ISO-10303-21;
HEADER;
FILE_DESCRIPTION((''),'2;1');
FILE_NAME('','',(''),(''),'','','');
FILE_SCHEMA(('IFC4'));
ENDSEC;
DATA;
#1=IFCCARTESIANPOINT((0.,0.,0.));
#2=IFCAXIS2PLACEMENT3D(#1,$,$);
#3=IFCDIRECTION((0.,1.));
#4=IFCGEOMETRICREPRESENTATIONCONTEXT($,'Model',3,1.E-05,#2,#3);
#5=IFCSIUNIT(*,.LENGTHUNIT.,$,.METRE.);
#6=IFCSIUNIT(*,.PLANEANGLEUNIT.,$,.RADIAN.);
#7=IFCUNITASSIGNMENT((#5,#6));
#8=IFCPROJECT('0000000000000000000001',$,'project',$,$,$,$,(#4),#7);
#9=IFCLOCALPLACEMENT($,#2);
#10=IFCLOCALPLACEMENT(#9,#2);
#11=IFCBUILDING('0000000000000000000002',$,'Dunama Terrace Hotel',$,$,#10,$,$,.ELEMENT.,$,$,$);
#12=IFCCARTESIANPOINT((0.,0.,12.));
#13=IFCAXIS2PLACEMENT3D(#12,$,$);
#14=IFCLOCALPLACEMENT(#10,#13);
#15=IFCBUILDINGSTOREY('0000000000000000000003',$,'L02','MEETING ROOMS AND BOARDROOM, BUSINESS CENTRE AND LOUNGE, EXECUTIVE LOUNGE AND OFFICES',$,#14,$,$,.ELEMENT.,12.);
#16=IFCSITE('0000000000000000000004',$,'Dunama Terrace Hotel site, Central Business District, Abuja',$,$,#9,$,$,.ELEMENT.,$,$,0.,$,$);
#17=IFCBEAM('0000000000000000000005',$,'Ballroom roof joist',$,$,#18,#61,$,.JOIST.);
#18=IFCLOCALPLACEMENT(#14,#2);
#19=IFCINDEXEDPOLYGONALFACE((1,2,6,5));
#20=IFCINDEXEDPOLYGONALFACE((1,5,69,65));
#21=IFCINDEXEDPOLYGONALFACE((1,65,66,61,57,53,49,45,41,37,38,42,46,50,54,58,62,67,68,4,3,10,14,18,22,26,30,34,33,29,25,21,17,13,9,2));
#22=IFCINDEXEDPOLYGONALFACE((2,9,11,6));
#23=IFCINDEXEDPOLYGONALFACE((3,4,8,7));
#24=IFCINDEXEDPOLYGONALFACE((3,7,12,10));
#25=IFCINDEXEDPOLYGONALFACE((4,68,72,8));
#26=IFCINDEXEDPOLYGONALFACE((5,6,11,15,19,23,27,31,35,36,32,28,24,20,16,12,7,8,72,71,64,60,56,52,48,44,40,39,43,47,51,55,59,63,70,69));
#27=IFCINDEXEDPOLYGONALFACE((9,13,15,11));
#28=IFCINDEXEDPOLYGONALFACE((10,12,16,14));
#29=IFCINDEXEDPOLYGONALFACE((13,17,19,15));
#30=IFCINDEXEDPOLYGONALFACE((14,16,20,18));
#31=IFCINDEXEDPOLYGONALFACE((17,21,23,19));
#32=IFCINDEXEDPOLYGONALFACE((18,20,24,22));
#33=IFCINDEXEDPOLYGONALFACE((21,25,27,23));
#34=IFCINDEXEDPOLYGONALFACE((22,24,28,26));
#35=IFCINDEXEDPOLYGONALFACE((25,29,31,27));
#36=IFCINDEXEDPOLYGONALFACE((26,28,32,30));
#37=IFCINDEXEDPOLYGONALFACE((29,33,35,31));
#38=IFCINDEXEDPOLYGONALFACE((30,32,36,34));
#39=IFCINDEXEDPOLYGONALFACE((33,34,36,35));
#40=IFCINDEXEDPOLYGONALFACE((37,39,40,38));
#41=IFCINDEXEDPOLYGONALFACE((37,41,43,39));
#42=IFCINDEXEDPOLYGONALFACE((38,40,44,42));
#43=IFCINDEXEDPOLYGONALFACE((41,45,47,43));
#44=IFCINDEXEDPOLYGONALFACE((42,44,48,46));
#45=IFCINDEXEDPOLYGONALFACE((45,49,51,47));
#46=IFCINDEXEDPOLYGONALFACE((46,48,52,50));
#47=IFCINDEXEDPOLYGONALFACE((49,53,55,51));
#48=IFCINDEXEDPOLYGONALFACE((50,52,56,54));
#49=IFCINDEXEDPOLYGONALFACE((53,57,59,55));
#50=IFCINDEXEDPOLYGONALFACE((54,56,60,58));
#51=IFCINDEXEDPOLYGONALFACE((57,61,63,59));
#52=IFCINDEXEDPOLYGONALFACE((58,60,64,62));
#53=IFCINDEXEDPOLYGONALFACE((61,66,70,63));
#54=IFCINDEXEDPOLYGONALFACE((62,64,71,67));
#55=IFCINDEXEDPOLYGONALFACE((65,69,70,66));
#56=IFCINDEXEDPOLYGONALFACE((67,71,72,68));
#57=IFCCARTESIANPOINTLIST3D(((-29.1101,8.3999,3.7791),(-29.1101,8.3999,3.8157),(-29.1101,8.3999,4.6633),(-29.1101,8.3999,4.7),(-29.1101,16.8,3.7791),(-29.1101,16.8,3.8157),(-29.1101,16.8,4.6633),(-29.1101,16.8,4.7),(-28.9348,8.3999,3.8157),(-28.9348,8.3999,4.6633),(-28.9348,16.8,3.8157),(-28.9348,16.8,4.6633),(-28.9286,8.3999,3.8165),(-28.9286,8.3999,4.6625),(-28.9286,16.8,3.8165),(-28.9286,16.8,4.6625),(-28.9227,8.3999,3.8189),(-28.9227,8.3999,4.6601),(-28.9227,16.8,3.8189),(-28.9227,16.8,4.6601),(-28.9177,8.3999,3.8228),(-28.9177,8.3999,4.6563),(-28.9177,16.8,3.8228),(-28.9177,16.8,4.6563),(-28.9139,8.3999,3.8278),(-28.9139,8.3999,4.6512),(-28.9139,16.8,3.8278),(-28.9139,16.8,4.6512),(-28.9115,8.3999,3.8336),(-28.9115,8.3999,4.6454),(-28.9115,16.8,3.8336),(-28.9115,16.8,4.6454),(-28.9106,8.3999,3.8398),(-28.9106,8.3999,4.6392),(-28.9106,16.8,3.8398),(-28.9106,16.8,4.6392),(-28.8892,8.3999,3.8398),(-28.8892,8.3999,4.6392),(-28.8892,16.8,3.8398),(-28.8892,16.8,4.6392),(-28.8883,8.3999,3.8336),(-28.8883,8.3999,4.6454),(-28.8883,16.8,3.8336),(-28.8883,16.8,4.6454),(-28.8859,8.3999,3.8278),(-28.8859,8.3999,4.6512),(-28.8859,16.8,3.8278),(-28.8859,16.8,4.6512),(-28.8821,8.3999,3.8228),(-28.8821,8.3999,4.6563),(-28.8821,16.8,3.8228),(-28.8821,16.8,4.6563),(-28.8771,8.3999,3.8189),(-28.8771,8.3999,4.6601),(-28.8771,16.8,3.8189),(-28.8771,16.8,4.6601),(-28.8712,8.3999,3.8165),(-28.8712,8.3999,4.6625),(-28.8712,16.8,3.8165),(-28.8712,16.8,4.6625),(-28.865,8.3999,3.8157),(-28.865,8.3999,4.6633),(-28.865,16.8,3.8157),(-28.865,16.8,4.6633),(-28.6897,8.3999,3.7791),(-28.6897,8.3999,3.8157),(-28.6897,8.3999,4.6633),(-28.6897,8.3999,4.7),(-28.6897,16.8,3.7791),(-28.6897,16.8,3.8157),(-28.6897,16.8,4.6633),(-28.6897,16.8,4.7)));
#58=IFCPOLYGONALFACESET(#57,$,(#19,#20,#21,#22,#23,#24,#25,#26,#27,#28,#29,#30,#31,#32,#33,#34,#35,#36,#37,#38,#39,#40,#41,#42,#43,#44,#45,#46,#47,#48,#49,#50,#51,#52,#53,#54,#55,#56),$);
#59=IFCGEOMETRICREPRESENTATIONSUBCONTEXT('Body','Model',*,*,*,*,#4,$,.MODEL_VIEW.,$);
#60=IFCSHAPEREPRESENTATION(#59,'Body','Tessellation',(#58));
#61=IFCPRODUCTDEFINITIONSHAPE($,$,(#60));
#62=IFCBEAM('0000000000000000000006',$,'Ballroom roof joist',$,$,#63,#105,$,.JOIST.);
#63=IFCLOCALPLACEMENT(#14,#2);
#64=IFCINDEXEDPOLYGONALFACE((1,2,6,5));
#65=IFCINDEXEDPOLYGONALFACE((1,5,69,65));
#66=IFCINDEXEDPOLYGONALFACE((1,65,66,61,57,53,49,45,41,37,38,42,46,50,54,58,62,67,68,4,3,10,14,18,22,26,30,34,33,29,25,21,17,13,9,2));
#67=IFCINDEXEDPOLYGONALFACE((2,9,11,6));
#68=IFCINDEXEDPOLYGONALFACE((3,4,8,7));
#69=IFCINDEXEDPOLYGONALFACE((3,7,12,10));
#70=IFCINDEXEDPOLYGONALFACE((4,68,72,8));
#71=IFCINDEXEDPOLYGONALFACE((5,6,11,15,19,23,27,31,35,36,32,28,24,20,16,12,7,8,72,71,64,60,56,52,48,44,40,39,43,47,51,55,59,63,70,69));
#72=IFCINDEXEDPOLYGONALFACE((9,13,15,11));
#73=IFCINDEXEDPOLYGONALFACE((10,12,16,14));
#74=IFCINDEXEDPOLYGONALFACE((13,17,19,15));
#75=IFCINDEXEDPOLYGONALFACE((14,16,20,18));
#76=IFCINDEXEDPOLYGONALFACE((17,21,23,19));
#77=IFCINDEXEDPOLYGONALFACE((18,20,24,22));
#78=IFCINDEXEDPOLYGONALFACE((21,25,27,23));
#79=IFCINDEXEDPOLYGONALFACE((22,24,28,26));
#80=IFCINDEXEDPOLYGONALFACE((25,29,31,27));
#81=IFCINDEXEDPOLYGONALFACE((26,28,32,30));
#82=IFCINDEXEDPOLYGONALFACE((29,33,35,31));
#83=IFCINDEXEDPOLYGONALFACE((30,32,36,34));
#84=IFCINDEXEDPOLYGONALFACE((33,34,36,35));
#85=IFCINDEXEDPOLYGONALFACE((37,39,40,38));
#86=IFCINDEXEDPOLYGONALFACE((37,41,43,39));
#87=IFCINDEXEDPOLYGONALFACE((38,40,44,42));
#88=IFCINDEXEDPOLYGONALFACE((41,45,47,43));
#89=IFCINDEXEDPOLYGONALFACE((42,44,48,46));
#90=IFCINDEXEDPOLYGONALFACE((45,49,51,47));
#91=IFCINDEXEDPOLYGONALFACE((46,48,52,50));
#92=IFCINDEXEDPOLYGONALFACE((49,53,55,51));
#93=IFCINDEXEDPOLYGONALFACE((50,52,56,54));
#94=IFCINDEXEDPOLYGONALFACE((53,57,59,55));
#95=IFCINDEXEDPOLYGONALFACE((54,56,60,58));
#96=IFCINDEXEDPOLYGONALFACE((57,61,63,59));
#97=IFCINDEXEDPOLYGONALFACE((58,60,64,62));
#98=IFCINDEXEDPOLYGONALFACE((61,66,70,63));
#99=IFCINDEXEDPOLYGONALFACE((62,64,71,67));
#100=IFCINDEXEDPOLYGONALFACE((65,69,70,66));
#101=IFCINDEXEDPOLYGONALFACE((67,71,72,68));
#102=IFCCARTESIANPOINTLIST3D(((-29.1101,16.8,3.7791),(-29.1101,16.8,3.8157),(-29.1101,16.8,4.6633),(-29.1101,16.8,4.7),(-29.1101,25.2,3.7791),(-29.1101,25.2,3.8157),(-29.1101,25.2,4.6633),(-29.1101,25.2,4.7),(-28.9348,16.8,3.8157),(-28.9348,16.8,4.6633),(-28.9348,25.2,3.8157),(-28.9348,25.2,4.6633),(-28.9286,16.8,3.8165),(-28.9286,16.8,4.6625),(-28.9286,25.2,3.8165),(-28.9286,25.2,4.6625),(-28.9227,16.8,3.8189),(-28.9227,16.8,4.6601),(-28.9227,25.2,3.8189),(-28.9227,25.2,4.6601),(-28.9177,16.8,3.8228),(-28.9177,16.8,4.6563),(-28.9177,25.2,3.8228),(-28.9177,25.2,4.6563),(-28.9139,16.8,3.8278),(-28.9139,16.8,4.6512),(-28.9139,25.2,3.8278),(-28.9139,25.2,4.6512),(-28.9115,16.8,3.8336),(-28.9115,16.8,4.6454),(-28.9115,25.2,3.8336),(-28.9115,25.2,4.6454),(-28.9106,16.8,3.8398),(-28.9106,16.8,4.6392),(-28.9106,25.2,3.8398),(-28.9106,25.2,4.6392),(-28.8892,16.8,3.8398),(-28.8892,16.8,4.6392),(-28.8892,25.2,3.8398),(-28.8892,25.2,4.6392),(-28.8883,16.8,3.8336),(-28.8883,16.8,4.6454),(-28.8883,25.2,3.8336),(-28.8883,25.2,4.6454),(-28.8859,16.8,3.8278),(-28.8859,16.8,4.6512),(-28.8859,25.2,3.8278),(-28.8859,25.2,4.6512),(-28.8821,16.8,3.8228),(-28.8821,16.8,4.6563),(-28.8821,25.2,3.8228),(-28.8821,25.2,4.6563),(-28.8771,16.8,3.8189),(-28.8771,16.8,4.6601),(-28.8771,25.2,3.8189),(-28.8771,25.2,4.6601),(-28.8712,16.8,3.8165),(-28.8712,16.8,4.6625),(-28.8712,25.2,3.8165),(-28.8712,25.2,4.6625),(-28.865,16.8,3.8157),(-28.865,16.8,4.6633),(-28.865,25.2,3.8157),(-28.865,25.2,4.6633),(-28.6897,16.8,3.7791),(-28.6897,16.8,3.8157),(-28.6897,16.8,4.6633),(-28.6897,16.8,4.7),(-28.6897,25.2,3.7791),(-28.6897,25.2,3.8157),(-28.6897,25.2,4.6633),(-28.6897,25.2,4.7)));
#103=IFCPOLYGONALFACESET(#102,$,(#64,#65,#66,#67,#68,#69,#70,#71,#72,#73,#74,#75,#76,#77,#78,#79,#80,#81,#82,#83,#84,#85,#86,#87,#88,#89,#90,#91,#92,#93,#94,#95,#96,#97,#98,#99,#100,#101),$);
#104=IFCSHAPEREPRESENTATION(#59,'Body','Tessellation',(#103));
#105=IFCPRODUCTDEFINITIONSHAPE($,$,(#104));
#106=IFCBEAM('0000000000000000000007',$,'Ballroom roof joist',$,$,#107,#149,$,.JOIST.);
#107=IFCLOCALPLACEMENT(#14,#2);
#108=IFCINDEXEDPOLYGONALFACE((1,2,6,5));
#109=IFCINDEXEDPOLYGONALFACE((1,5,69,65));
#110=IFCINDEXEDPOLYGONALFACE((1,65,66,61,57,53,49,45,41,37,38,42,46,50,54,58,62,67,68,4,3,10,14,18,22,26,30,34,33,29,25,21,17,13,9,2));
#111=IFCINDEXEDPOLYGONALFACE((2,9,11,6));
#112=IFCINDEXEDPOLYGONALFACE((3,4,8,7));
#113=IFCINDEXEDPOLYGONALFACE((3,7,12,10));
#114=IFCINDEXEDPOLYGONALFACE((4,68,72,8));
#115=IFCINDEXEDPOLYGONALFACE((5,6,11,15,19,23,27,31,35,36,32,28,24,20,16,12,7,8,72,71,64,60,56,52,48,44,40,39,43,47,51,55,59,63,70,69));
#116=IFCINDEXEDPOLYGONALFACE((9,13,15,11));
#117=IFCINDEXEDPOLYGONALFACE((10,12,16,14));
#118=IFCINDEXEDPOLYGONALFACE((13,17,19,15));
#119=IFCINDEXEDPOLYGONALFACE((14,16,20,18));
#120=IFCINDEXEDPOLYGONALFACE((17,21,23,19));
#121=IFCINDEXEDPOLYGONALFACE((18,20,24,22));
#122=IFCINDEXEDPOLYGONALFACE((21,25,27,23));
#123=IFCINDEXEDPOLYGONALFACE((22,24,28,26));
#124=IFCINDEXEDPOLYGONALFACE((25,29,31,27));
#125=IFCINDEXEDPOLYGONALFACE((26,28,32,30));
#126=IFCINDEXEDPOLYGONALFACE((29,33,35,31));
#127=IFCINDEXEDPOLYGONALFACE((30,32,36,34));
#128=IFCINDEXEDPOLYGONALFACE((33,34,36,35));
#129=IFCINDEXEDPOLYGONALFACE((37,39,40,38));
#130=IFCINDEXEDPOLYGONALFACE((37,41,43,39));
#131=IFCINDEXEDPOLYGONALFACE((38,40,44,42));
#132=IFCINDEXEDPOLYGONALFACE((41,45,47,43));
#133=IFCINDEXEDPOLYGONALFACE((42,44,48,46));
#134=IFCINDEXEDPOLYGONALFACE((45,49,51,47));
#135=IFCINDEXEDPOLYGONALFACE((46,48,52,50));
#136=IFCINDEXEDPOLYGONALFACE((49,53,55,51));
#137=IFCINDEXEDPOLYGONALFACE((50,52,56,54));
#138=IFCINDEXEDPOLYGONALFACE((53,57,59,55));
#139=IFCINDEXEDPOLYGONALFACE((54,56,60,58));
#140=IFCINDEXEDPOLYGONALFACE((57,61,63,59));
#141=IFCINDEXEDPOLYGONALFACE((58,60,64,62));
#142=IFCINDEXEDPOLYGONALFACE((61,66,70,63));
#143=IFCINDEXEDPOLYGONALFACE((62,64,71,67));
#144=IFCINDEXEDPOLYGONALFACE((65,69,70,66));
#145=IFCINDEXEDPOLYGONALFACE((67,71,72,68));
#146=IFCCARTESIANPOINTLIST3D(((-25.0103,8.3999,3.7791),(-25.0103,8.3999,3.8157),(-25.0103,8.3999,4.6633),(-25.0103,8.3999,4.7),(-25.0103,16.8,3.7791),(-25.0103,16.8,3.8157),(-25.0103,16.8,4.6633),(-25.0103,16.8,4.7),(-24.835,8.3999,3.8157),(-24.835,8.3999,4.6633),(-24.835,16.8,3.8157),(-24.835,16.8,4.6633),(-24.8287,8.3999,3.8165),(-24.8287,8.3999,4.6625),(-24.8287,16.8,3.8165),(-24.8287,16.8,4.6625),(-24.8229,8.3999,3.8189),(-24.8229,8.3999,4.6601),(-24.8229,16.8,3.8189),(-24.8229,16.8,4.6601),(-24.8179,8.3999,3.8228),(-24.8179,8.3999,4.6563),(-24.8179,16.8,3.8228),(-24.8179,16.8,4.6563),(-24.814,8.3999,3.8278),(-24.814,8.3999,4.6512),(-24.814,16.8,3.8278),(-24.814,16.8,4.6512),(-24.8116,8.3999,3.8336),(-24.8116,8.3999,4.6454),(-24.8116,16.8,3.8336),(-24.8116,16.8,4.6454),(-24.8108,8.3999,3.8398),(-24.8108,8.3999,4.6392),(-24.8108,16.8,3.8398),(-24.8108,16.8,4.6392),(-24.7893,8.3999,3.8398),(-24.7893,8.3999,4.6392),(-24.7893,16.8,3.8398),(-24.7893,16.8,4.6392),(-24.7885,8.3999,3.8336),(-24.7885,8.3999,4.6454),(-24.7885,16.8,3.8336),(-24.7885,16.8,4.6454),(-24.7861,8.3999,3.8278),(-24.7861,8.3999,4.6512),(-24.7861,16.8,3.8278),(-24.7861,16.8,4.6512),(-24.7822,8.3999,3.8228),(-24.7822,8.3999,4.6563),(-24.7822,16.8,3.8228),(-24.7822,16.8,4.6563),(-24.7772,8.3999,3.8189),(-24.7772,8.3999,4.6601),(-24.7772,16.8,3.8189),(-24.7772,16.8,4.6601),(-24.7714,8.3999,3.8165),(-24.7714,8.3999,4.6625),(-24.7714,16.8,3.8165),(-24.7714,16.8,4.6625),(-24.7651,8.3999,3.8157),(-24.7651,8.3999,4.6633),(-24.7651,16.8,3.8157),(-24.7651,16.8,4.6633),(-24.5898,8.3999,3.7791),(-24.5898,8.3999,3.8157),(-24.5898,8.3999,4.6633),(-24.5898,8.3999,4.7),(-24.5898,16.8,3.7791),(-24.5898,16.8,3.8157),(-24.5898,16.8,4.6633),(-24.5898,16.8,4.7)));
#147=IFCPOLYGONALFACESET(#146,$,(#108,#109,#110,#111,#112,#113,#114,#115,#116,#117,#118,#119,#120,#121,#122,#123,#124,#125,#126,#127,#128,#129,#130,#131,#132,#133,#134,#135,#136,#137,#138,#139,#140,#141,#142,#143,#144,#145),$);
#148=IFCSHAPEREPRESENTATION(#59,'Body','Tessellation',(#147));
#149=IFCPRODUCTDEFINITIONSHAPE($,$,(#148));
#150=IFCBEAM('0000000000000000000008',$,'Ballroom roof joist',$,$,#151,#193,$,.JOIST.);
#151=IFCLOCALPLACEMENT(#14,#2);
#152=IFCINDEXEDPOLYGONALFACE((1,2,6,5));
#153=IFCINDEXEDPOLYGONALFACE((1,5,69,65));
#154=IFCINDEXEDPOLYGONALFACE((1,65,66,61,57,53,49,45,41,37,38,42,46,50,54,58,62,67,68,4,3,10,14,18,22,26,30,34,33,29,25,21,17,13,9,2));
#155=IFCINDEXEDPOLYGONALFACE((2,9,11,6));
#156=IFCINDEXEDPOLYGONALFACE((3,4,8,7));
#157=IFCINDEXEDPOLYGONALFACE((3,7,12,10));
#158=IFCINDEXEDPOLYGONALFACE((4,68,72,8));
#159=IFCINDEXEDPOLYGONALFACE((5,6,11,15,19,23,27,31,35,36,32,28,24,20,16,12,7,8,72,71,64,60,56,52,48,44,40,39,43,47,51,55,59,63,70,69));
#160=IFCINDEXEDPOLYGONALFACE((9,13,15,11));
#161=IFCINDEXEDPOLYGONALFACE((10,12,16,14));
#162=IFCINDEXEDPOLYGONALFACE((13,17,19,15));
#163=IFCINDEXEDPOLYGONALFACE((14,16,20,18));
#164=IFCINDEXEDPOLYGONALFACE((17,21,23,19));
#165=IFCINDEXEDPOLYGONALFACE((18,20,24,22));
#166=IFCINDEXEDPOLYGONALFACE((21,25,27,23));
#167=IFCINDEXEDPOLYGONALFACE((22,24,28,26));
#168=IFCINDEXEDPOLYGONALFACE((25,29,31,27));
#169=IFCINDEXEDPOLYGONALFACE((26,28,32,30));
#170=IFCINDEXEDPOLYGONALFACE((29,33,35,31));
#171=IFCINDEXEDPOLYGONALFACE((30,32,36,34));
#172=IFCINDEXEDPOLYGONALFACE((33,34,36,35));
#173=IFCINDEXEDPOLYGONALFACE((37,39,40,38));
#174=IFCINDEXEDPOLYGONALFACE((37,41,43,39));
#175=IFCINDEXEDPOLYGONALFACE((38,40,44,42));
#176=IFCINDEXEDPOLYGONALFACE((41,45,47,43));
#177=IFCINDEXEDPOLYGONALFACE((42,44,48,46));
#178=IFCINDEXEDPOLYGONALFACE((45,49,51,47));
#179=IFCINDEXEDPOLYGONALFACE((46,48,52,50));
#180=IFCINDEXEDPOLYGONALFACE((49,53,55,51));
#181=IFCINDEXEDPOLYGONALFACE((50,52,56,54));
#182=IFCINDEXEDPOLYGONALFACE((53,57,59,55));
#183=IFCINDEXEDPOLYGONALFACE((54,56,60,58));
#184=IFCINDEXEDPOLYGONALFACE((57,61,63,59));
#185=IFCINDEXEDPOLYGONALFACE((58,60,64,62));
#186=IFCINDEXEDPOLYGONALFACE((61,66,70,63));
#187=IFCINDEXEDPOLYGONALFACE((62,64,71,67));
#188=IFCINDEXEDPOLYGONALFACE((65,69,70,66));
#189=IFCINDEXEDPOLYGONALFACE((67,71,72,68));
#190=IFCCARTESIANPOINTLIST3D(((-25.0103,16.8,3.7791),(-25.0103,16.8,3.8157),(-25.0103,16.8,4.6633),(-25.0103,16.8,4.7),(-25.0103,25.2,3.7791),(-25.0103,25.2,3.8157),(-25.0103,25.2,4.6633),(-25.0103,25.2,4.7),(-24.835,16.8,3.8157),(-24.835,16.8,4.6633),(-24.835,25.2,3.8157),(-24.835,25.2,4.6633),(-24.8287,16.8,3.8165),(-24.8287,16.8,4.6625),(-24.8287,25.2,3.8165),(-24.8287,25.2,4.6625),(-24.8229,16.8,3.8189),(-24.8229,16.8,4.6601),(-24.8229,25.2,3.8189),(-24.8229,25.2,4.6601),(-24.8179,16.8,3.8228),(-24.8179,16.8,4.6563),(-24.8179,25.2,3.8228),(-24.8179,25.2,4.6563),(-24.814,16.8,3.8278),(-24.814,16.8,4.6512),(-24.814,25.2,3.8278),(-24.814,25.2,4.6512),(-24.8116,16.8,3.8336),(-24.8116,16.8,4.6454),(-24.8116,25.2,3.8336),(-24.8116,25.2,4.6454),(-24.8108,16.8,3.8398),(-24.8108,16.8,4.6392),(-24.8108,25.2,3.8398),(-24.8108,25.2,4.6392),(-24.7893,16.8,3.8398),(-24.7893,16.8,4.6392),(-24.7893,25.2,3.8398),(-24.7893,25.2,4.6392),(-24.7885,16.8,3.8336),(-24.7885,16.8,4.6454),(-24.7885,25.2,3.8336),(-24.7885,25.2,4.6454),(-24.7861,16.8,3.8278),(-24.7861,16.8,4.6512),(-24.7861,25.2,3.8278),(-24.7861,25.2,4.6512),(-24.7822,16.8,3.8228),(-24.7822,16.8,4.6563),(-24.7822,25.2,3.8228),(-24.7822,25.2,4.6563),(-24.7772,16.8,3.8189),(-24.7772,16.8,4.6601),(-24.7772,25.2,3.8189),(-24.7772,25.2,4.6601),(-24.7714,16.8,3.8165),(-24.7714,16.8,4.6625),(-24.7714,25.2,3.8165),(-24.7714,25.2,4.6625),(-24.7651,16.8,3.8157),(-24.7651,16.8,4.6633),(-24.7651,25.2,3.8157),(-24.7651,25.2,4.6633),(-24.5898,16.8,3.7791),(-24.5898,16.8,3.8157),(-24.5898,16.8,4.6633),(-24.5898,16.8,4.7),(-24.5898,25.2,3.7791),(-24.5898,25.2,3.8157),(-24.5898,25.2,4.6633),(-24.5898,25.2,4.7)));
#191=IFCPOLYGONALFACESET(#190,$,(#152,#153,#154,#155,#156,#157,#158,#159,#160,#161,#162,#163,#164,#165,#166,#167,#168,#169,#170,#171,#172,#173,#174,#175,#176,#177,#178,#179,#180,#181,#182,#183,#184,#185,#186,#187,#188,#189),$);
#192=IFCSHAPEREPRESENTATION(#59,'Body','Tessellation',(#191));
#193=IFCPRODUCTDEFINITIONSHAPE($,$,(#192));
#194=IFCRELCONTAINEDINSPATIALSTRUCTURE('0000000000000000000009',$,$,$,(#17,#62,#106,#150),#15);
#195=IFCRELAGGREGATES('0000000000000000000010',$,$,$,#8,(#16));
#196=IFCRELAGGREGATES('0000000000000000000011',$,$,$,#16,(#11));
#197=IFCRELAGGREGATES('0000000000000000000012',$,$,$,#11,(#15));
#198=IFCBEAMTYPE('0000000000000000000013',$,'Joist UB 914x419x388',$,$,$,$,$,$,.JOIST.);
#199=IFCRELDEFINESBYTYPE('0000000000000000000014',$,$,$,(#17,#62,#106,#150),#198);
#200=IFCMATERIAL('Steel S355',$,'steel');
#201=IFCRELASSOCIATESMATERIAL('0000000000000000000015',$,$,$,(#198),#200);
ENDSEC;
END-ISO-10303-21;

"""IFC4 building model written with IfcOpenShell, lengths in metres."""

from ifc_helpers import new_model, si_unit, direction, frame, origin, origin_2d, place, context, subcontext, project, spatial, i_section, extrude, material, material_profile, profile_set, type_object, element, save


model = new_model("IFC4")

# Units and contexts
model_context = context("Model", 3, precision=1e-05, world=origin(), true_north=direction((0.0, 1.0)))
body_context = subcontext(model_context, "Body", "Model", "MODEL_VIEW")
ifc_project = project(units=[si_unit("LENGTHUNIT", "METRE"), si_unit("PLANEANGLEUNIT", "RADIAN")], contexts=[model_context])

# Site, building, storey
site_placement = place(None, origin())
site = spatial("IfcSite", under=ifc_project, at=site_placement, Name="Dunama Terrace Hotel site, Central Business District, Abuja", CompositionType="ELEMENT", RefElevation=0.0)
building_placement = place(site_placement, origin())
building = spatial("IfcBuilding", under=site, at=building_placement, Name="Dunama Terrace Hotel", CompositionType="ELEMENT")
storey_placement = place(building_placement, frame((0.0, 0.0, 12.0)))
storey = spatial("IfcBuildingStorey", under=building, at=storey_placement, Name="L02", Description="MEETING ROOMS AND BOARDROOM, BUSINESS CENTRE AND LOUNGE, EXECUTIVE LOUNGE AND OFFICES", CompositionType="ELEMENT", Elevation=12.0)

# Beams
ifc_material_1 = material(Name="Steel S355", Category="steel")
ifc_material_profile_1 = material_profile(ifc_material_1, i_section(OverallWidth=0.4204, OverallDepth=0.9209, WebThickness=0.0215, FlangeThickness=0.0366, FilletRadius=0.0242, at=origin_2d()), Name="UB 914x419x388")
ifc_profile_set_1 = profile_set([ifc_material_profile_1], Name="Steel S355")
beam_type_1 = type_object("IfcBeamType", Name="Joist UB 914x419x388", PredefinedType="JOIST", material=ifc_profile_set_1)
beam_1_placement = place(storey_placement, frame((-28.8999, 8.3999, 4.2395), z_axis=(0.0, 1.0, 0.0), x_axis=(-1.0, 0.0, 0.0)))
element("IfcBeam", 1, at=beam_1_placement, inside=storey, type_object=beam_type_1, Name="Ballroom roof joist", PredefinedType="JOIST", context=body_context, shape_type="SweptSolid", body=[
    extrude(i_section(OverallWidth=0.4204, OverallDepth=0.9209, WebThickness=0.0215, FlangeThickness=0.0366, FilletRadius=0.0242, at=origin_2d()), origin(), (0.0, 0.0, 1.0), 8.4001),
])
beam_2_placement = place(storey_placement, frame((-28.8999, 16.8, 4.2395), z_axis=(0.0, 1.0, 0.0), x_axis=(-1.0, 0.0, 0.0)))
element("IfcBeam", 2, at=beam_2_placement, inside=storey, type_object=beam_type_1, Name="Ballroom roof joist", PredefinedType="JOIST", context=body_context, shape_type="SweptSolid", body=[
    extrude(i_section(OverallWidth=0.4204, OverallDepth=0.9209, WebThickness=0.0215, FlangeThickness=0.0366, FilletRadius=0.0242, at=origin_2d()), origin(), (0.0, 0.0, 1.0), 8.3999),
])
beam_3_placement = place(storey_placement, frame((-24.8, 8.3999, 4.2395), z_axis=(0.0, 1.0, 0.0), x_axis=(-1.0, 0.0, 0.0)))
element("IfcBeam", 3, at=beam_3_placement, inside=storey, type_object=beam_type_1, Name="Ballroom roof joist", PredefinedType="JOIST", context=body_context, shape_type="SweptSolid", body=[
    extrude(i_section(OverallWidth=0.4204, OverallDepth=0.9209, WebThickness=0.0215, FlangeThickness=0.0366, FilletRadius=0.0242, at=origin_2d()), origin(), (0.0, 0.0, 1.0), 8.4001),
])
beam_4_placement = place(storey_placement, frame((-24.8, 16.8, 4.2395), z_axis=(0.0, 1.0, 0.0), x_axis=(-1.0, 0.0, 0.0)))
element("IfcBeam", 4, at=beam_4_placement, inside=storey, type_object=beam_type_1, Name="Ballroom roof joist", PredefinedType="JOIST", context=body_context, shape_type="SweptSolid", body=[
    extrude(i_section(OverallWidth=0.4204, OverallDepth=0.9209, WebThickness=0.0215, FlangeThickness=0.0366, FilletRadius=0.0242, at=origin_2d()), origin(), (0.0, 0.0, 1.0), 8.3999),
])

save(model, "model.ifc")
